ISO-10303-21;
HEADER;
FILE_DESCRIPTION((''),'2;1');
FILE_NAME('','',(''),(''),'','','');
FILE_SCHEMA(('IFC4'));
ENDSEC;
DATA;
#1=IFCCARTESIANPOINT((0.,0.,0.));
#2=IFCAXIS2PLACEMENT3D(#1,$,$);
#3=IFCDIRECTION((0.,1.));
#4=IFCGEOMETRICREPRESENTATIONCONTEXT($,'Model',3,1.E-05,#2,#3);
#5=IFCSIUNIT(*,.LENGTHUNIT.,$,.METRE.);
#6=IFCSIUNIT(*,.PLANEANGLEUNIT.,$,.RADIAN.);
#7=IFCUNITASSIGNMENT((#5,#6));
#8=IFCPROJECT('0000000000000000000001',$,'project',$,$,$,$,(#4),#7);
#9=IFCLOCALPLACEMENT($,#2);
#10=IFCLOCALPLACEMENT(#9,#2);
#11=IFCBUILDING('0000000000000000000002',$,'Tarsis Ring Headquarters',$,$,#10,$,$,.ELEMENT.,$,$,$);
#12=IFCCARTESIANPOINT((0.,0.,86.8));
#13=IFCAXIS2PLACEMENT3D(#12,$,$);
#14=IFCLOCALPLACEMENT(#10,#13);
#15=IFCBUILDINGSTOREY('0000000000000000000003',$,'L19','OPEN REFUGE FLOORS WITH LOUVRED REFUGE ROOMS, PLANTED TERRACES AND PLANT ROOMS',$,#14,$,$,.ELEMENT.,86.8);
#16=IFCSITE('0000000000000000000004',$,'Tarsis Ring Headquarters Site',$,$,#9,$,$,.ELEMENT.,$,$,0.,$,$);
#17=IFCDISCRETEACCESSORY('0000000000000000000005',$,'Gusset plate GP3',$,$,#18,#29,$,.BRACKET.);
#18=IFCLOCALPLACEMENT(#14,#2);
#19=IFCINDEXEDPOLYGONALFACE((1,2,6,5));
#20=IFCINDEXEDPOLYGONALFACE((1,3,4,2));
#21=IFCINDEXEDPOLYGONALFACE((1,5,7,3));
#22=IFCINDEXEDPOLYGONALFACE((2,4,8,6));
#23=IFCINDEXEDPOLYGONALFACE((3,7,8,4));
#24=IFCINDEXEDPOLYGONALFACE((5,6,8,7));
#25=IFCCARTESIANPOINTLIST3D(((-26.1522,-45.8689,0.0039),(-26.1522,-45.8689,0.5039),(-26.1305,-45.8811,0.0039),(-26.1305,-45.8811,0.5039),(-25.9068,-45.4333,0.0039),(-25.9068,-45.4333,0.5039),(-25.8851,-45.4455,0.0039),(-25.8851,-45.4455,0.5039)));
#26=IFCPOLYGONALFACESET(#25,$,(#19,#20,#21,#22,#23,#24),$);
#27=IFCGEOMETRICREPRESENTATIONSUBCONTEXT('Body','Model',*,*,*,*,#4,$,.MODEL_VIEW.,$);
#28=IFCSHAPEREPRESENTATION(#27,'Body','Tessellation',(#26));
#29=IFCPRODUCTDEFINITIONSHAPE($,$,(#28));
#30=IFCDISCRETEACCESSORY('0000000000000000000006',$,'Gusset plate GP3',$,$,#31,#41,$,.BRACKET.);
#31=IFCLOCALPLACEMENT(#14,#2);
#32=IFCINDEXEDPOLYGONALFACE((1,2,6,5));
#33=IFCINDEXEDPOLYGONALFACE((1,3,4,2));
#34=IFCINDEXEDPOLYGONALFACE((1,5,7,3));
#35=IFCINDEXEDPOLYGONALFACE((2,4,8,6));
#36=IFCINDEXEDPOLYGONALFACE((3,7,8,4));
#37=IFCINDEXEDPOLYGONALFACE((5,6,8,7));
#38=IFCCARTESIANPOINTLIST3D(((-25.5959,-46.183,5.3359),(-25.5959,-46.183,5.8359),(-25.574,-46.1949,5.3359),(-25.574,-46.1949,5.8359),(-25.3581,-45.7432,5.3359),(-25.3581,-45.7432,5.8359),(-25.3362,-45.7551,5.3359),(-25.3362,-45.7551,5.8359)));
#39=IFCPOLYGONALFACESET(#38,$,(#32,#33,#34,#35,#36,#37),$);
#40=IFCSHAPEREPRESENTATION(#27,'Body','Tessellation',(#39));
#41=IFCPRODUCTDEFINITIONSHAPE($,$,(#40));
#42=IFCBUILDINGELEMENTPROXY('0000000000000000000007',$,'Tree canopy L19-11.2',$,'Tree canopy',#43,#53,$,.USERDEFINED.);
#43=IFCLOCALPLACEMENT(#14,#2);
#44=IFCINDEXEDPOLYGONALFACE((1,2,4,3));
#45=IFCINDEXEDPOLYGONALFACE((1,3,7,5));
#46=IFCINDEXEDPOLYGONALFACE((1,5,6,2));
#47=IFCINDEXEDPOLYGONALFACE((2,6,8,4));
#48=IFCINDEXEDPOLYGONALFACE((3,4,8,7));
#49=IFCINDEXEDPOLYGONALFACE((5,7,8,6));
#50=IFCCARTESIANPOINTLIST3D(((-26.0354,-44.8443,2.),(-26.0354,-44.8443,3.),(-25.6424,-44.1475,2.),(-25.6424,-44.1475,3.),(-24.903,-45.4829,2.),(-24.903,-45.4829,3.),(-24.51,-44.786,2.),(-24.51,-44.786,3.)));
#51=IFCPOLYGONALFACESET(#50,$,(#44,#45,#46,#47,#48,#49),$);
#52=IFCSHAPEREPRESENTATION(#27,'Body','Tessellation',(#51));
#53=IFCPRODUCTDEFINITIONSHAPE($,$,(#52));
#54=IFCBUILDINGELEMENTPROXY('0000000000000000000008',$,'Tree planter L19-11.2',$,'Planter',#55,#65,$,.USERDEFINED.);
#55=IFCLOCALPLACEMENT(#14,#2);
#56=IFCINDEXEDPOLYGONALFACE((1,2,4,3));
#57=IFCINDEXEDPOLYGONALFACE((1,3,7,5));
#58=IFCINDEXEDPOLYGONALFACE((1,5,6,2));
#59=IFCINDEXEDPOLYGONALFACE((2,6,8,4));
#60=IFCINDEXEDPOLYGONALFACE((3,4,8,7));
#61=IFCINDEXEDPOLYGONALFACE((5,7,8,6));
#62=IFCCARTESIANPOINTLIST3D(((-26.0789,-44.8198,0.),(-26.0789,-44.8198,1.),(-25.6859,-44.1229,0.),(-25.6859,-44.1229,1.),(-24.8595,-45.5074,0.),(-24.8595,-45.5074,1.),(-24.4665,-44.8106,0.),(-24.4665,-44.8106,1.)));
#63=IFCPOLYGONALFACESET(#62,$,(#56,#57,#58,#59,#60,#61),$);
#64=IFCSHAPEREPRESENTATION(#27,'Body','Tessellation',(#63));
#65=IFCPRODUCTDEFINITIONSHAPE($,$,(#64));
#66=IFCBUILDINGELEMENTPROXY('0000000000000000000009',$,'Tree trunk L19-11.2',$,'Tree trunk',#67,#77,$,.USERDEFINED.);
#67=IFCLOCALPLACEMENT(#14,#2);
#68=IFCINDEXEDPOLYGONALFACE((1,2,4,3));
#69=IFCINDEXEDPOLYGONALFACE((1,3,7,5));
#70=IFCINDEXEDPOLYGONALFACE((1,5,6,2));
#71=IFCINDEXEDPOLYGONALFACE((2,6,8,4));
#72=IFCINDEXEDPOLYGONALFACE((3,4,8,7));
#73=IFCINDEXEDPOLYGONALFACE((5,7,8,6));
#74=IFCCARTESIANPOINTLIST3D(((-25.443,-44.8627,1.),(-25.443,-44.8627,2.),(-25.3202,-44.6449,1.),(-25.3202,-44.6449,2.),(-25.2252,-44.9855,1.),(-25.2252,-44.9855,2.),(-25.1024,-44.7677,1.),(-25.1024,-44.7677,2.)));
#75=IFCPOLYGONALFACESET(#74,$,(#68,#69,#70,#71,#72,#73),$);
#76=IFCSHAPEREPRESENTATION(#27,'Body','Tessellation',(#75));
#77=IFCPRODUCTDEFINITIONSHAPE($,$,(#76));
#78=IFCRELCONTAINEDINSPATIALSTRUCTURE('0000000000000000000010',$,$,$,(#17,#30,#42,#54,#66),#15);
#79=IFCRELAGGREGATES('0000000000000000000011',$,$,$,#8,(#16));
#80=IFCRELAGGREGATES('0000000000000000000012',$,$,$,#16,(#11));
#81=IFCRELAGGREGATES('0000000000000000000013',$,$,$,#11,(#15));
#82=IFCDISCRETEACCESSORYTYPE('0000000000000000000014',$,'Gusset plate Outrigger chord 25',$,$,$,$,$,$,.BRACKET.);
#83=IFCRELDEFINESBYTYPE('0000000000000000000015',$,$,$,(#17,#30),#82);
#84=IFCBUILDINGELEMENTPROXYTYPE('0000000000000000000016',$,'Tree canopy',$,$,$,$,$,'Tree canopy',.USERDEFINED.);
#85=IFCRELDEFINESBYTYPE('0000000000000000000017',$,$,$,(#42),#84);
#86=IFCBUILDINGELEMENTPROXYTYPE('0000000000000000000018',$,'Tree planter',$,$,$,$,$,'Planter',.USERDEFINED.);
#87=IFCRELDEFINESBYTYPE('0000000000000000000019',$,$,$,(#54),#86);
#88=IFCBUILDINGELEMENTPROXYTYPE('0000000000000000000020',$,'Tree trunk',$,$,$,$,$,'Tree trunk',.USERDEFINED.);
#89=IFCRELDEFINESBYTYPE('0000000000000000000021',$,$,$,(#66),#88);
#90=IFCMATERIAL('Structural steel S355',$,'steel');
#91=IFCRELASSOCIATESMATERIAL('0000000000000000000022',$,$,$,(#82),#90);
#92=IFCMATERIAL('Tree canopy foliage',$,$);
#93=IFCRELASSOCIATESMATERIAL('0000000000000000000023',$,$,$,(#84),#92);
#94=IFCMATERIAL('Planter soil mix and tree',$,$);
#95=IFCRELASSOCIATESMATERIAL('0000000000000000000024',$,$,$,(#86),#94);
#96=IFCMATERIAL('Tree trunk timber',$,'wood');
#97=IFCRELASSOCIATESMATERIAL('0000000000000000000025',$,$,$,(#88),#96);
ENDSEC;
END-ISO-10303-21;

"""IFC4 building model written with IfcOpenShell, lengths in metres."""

from ifc_helpers import new_model, si_unit, direction, frame, origin, origin_2d, place, context, subcontext, project, spatial, rectangle, extrude, material, material_profile, profile_set, type_object, element, save


model = new_model("IFC4")

# Units and contexts
model_context = context("Model", 3, precision=1e-05, world=origin(), true_north=direction((0.0, 1.0)))
body_context = subcontext(model_context, "Body", "Model", "MODEL_VIEW")
ifc_project = project(units=[si_unit("LENGTHUNIT", "METRE"), si_unit("PLANEANGLEUNIT", "RADIAN")], contexts=[model_context])

# Site, building, storey
site_placement = place(None, origin())
site = spatial("IfcSite", under=ifc_project, at=site_placement, Name="Tarsis Ring Headquarters Site", CompositionType="ELEMENT", RefElevation=0.0)
building_placement = place(site_placement, origin())
building = spatial("IfcBuilding", under=site, at=building_placement, Name="Tarsis Ring Headquarters", CompositionType="ELEMENT")
storey_placement = place(building_placement, frame((0.0, 0.0, 86.8)))
storey = spatial("IfcBuildingStorey", under=building, at=storey_placement, Name="L19", Description="OPEN REFUGE FLOORS WITH LOUVRED REFUGE ROOMS, PLANTED TERRACES AND PLANT ROOMS", CompositionType="ELEMENT", Elevation=86.8)

# Shared definitions
ifc_material_1 = material(Name="Structural steel S355", Category="steel")

# Discrete accessories
ifc_material_profile_1 = material_profile(ifc_material_1, rectangle(XDim=0.0249, YDim=0.5, at=origin_2d()), Name="PL 25x500")
ifc_profile_set_1 = profile_set([ifc_material_profile_1], Name="Structural steel S355")
discrete_accessory_type_1 = type_object("IfcDiscreteAccessoryType", Name="Gusset plate Outrigger chord 25", PredefinedType="BRACKET", material=ifc_profile_set_1)
for number, where, z_axis, x_axis, name in (
    (1, (-26.1414, -45.875, 0.2539), (0.490818, 0.871262, 0.0), (-0.871262, 0.490818, 0.0), "Gusset plate GP3"),
    (2, (-25.585, -46.189, 5.5859), (0.475701, 0.879607, 0.0), (-0.879607, 0.475701, 0.0), "Gusset plate GP3"),
):
    element("IfcDiscreteAccessory", number, at=place(storey_placement, frame(where, z_axis=z_axis, x_axis=x_axis)), inside=storey, type_object=discrete_accessory_type_1, Name=name, PredefinedType="BRACKET", context=body_context, shape_type="SweptSolid", body=[
        extrude(rectangle(XDim=0.0249, YDim=0.5, at=origin_2d()), origin(), (0.0, 0.0, 1.0), 0.5),
    ])

# Building element proxies
ifc_material_2 = material(Name="Tree canopy foliage")
building_element_proxy_type_1 = type_object("IfcBuildingElementProxyType", Name="Tree canopy", ElementType="Tree canopy", PredefinedType="USERDEFINED", material=ifc_material_2)
proxy_1_placement = place(storey_placement, frame((-25.2727, -44.8152, 2.0), z_axis=(0.0, 0.0, 1.0), x_axis=(0.871042, -0.491208, 0.0)))
element("IfcBuildingElementProxy", 3, at=proxy_1_placement, inside=storey, type_object=building_element_proxy_type_1, Name="Tree canopy L19-11.2", ObjectType="Tree canopy", PredefinedType="USERDEFINED", context=body_context, shape_type="SweptSolid", body=[
    extrude(rectangle(XDim=1.3, YDim=0.8, at=origin_2d()), origin(), (0.0, 0.0, 1.0), 1.0),
])
ifc_material_3 = material(Name="Planter soil mix and tree")
building_element_proxy_type_2 = type_object("IfcBuildingElementProxyType", Name="Tree planter", ElementType="Planter", PredefinedType="USERDEFINED", material=ifc_material_3)
proxy_2_placement = place(storey_placement, frame((-25.2727, -44.8152, 0.0), z_axis=(0.0, 0.0, 1.0), x_axis=(0.871042, -0.491208, 0.0)))
element("IfcBuildingElementProxy", 4, at=proxy_2_placement, inside=storey, type_object=building_element_proxy_type_2, Name="Tree planter L19-11.2", ObjectType="Planter", PredefinedType="USERDEFINED", context=body_context, shape_type="SweptSolid", body=[
    extrude(rectangle(XDim=1.3999, YDim=0.8, at=origin_2d()), origin(), (0.0, 0.0, 1.0), 1.0),
])
ifc_material_4 = material(Name="Tree trunk timber", Category="wood")
building_element_proxy_type_3 = type_object("IfcBuildingElementProxyType", Name="Tree trunk", ElementType="Tree trunk", PredefinedType="USERDEFINED", material=ifc_material_4)
proxy_3_placement = place(storey_placement, frame((-25.2727, -44.8152, 1.0), z_axis=(0.0, 0.0, 1.0), x_axis=(0.871042, -0.491208, 0.0)))
element("IfcBuildingElementProxy", 5, at=proxy_3_placement, inside=storey, type_object=building_element_proxy_type_3, Name="Tree trunk L19-11.2", ObjectType="Tree trunk", PredefinedType="USERDEFINED", context=body_context, shape_type="SweptSolid", body=[
    extrude(rectangle(XDim=0.25, YDim=0.25, at=origin_2d()), origin(), (0.0, 0.0, 1.0), 1.0),
])

save(model, "model.ifc")
